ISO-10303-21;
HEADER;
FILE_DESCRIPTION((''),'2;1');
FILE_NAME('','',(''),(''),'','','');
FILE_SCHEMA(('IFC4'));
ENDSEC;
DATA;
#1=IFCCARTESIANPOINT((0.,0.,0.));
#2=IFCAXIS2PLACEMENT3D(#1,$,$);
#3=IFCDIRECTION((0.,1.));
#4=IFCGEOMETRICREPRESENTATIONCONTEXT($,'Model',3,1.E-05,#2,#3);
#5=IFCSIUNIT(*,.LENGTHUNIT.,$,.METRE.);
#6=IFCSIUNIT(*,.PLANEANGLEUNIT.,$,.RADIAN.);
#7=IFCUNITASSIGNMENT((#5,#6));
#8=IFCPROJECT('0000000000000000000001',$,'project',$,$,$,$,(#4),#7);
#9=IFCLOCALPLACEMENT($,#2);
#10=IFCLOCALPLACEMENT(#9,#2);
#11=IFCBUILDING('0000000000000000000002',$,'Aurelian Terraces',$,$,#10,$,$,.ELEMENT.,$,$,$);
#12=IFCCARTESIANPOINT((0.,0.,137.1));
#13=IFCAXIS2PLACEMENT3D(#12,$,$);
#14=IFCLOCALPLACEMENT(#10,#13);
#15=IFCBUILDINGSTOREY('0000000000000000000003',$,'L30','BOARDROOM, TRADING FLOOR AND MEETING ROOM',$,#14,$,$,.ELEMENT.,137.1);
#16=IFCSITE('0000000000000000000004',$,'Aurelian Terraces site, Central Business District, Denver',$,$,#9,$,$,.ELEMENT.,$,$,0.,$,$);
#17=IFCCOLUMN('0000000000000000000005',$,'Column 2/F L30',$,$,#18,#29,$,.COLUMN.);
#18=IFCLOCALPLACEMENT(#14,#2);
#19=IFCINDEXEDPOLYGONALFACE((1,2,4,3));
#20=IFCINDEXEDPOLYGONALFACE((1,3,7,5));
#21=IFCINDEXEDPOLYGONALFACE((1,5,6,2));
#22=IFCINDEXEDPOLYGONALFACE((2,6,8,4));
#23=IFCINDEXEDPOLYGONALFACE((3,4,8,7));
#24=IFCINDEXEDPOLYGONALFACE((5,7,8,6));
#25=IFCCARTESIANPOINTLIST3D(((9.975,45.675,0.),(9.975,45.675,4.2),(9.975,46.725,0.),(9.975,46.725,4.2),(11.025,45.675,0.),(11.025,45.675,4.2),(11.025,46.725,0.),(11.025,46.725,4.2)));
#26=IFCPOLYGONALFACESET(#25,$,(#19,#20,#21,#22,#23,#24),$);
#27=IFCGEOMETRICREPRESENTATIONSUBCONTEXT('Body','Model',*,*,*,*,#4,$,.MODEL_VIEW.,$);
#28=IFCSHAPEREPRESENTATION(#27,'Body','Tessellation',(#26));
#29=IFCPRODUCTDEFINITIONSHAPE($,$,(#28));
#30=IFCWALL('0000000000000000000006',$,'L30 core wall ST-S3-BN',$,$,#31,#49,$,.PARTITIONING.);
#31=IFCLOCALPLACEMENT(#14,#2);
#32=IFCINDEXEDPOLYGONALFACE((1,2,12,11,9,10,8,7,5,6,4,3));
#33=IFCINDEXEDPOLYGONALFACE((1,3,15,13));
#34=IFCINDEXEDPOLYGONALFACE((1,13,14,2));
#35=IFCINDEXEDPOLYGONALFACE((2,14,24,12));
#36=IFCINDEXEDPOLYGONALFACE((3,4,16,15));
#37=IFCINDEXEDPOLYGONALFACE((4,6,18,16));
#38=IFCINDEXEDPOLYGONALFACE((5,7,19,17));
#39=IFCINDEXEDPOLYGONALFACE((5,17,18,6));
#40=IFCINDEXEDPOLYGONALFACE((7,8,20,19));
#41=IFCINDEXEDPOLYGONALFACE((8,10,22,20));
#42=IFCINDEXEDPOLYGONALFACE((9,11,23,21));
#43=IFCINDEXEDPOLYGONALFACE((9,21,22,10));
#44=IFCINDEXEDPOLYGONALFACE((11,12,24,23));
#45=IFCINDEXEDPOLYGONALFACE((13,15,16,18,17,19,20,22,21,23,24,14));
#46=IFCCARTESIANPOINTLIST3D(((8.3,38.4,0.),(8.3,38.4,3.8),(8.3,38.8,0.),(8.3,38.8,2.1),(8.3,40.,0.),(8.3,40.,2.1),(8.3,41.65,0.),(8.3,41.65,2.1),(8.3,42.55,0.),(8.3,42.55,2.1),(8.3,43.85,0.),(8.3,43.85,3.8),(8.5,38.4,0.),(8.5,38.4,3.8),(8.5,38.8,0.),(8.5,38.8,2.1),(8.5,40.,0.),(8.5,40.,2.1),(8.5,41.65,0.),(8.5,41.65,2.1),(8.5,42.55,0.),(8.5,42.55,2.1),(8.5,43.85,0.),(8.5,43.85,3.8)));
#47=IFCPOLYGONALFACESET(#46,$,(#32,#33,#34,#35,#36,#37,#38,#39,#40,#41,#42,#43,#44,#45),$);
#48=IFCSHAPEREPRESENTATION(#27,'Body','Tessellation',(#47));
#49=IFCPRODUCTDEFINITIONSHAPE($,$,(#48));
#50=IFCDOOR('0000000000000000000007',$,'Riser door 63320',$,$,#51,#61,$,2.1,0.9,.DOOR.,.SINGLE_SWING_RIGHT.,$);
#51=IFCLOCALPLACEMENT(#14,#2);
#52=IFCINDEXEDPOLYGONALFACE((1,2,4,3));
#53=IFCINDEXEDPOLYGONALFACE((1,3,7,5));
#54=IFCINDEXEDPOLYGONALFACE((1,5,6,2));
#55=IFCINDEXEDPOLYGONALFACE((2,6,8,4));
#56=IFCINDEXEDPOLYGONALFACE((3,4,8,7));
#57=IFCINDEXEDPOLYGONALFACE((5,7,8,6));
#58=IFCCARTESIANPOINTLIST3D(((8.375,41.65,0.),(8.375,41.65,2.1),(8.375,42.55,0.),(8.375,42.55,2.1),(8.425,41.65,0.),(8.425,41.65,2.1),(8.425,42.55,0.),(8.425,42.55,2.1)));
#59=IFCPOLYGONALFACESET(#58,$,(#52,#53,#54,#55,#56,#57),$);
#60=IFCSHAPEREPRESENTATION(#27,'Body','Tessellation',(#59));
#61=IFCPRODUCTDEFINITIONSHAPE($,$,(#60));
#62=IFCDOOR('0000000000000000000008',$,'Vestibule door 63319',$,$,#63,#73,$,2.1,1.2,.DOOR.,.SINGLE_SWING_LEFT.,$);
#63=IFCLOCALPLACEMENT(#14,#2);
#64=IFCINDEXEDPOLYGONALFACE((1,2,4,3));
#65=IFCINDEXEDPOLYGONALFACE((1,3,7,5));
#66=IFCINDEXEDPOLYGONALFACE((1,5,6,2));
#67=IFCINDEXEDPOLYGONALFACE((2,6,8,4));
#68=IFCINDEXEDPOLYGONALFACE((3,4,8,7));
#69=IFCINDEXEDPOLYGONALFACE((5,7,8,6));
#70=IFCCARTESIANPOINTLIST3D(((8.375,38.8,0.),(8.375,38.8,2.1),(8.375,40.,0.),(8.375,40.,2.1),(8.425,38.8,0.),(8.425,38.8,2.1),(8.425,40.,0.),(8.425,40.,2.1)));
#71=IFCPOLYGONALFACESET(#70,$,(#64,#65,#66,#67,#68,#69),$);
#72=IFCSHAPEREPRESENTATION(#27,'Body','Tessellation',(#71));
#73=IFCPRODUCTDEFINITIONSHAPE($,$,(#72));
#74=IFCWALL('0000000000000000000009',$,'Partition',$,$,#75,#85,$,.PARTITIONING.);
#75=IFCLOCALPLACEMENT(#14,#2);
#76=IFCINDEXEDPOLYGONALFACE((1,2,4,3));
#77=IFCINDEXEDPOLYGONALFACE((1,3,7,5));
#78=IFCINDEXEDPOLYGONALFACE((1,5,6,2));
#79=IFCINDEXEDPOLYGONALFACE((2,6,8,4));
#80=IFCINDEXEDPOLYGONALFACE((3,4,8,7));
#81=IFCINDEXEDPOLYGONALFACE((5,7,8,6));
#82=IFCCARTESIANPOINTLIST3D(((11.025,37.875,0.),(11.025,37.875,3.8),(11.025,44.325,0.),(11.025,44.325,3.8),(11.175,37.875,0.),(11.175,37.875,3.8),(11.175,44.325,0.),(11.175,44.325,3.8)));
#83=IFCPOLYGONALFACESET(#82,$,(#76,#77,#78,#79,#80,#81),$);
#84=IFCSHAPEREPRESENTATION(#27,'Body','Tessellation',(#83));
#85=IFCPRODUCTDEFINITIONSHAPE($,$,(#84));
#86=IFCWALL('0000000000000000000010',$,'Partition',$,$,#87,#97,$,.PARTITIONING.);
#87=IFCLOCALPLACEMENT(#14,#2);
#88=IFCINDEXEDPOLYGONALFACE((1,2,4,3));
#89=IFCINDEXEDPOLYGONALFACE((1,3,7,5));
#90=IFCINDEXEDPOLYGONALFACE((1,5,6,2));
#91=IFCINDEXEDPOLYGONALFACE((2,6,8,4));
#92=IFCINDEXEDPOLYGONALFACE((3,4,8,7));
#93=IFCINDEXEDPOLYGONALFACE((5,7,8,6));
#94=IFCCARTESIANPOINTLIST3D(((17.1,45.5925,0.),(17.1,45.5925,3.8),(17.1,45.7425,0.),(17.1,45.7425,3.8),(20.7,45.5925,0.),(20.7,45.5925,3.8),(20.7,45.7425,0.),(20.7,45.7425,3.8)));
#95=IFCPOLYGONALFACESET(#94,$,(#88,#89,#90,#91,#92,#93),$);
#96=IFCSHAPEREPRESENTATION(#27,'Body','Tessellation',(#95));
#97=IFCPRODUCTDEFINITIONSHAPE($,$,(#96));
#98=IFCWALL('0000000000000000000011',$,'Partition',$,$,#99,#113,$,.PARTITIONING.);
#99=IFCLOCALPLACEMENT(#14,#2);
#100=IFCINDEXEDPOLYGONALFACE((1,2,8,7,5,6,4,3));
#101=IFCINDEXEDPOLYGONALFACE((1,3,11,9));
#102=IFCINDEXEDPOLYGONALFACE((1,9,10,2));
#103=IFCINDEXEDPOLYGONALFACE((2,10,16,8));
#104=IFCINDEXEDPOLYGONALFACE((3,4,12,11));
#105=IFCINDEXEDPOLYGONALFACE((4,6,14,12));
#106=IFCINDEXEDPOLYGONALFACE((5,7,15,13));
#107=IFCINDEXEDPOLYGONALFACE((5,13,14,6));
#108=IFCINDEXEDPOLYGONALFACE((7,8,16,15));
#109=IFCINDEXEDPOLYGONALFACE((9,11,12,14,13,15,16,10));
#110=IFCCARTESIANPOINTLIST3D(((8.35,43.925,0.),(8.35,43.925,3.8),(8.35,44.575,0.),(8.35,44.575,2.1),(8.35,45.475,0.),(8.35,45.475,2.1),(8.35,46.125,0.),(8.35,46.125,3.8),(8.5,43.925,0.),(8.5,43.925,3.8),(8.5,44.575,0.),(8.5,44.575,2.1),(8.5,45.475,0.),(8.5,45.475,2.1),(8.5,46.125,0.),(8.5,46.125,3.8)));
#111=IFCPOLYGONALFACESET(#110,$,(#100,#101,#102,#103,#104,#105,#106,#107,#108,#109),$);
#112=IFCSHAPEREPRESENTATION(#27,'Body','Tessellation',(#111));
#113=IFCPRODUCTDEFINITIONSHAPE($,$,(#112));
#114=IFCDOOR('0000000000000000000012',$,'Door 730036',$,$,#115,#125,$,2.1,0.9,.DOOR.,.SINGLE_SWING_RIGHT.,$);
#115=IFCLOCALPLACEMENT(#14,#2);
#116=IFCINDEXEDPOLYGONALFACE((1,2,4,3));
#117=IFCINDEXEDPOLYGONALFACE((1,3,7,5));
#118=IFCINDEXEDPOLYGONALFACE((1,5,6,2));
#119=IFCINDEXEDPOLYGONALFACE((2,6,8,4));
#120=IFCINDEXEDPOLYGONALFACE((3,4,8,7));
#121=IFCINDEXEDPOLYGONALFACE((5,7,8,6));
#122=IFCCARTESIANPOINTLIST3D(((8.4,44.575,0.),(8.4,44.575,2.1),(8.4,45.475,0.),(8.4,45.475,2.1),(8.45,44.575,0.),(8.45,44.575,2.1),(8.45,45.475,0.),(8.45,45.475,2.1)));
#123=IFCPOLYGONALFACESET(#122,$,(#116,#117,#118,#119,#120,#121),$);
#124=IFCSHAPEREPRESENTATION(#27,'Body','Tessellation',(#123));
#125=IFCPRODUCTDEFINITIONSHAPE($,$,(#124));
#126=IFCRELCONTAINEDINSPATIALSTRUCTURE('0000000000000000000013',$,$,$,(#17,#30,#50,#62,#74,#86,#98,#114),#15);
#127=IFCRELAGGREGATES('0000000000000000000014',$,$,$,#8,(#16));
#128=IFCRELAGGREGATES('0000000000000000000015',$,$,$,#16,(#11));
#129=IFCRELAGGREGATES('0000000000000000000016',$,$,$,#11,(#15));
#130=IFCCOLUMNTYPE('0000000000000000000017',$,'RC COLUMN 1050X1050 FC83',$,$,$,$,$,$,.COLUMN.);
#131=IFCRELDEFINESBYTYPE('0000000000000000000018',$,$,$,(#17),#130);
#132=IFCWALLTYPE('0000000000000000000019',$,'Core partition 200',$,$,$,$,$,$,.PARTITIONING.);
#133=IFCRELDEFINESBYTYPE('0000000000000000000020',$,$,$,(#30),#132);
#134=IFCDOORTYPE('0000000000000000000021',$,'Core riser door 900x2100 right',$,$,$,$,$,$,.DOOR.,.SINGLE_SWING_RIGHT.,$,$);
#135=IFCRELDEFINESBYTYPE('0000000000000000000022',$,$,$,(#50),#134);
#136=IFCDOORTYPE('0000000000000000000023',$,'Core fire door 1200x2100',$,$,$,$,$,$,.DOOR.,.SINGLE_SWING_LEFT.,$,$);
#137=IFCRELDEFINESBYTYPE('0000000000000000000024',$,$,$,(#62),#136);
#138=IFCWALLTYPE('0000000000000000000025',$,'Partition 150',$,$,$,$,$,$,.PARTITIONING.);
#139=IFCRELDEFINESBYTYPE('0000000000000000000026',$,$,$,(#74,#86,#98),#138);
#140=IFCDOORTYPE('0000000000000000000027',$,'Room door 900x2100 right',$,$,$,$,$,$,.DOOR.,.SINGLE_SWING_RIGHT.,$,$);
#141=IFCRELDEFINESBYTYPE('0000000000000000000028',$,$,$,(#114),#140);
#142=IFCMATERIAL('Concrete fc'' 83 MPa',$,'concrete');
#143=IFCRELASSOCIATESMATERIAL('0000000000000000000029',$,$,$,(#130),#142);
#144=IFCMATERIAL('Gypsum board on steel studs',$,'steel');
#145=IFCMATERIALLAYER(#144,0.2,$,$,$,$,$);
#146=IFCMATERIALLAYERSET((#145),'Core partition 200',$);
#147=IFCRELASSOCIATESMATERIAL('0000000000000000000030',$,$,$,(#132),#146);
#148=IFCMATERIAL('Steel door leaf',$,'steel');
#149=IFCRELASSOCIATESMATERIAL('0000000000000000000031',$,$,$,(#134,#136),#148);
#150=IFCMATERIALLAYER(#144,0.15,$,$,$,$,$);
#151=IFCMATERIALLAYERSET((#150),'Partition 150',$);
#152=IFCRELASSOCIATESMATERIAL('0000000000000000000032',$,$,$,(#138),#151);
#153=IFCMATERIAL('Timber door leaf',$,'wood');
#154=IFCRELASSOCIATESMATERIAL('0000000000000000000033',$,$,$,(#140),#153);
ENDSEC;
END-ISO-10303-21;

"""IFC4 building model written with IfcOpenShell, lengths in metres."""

from ifc_helpers import new_model, si_unit, direction, frame, frame_2d, origin, origin_2d, place, context, subcontext, project, spatial, rectangle, extrude, source, transform, mapped, material, layer, layer_set, material_profile, profile_set, type_object, element, fill, save


model = new_model("IFC4")

# Units and contexts
model_context = context("Model", 3, precision=1e-05, world=origin(), true_north=direction((0.0, 1.0)))
body_context = subcontext(model_context, "Body", "Model", "MODEL_VIEW")
ifc_project = project(units=[si_unit("LENGTHUNIT", "METRE"), si_unit("PLANEANGLEUNIT", "RADIAN")], contexts=[model_context])

# Site, building, storey
site_placement = place(None, origin())
site = spatial("IfcSite", under=ifc_project, at=site_placement, Name="Aurelian Terraces site, Central Business District, Denver", CompositionType="ELEMENT", RefElevation=0.0)
building_placement = place(site_placement, origin())
building = spatial("IfcBuilding", under=site, at=building_placement, Name="Aurelian Terraces", CompositionType="ELEMENT")
storey_placement = place(building_placement, frame((0.0, 0.0, 137.1)))
storey = spatial("IfcBuildingStorey", under=building, at=storey_placement, Name="L30", Description="BOARDROOM, TRADING FLOOR AND MEETING ROOM", CompositionType="ELEMENT", Elevation=137.1)

# Column
ifc_material_1 = material(Name="Concrete fc' 83 MPa", Category="concrete")
ifc_material_profile = material_profile(ifc_material_1, rectangle(XDim=1.05, YDim=1.05, at=origin_2d()))
ifc_profile_set = profile_set([ifc_material_profile], Name="Concrete fc' 83 MPa")
column_type = type_object("IfcColumnType", Name="RC COLUMN 1050X1050 FC83", PredefinedType="COLUMN", material=ifc_profile_set)
shared_shape_1 = source(origin(), body_context, "Body", "SweptSolid", [
    extrude(rectangle(XDim=1.05, YDim=1.05, at=origin_2d()), origin(), (0.0, 0.0, 1.0), 4.2),
])
column_placement = place(storey_placement, frame((10.5, 46.2, 0.0), z_axis=(0.0, 0.0, 1.0), x_axis=(1.0, 0.0, 0.0)))
element("IfcColumn", 1, at=column_placement, inside=storey, type_object=column_type, Name="Column 2/F L30", PredefinedType="COLUMN", context=body_context, shape_type="MappedRepresentation", body=[
    mapped(shared_shape_1, transform((0.0, 0.0, 0.0), scale=1.0)),
])

# Wall, openings, doors
ifc_material_2 = material(Name="Gypsum board on steel studs", Category="steel")
ifc_layer_1 = layer(ifc_material_2, 0.2)
ifc_layer_set_1 = layer_set([ifc_layer_1], Name="Core partition 200")
wall_type_1 = type_object("IfcWallType", Name="Core partition 200", PredefinedType="PARTITIONING", material=ifc_layer_set_1)
shared_shape_2 = source(origin(), body_context, "Body", "SweptSolid", [
    extrude(rectangle(XDim=5.45, YDim=0.2, at=frame_2d((2.725, 0.0))), origin(), (0.0, 0.0, 1.0), 3.8),
])
wall_1_placement = place(storey_placement, frame((8.4, 38.4, 0.0), z_axis=(0.0, 0.0, 1.0), x_axis=(0.0, 1.0, 0.0)))
wall_1 = element("IfcWall", 2, at=wall_1_placement, inside=storey, type_object=wall_type_1, Name="L30 core wall ST-S3-BN", PredefinedType="PARTITIONING", context=body_context, shape_type="MappedRepresentation", body=[
    mapped(shared_shape_2, transform((0.0, 0.0, 0.0), scale=1.0)),
])
shared_shape_3 = source(origin(), body_context, "Body", "SweptSolid", [
    extrude(rectangle(XDim=1.2, YDim=2.1, at=frame_2d((0.6, 1.05))), frame((0.0, 0.11, 0.0), z_axis=(0.0, -1.0, 0.0), x_axis=(1.0, 0.0, 0.0)), (0.0, 0.0, 1.0), 0.22),
])
opening_1_placement = place(wall_1_placement, frame((0.4, 0.0, 0.0)))
opening_1 = element("IfcOpeningElement", 3, at=opening_1_placement, cuts=wall_1, PredefinedType="OPENING", context=body_context, shape_type="MappedRepresentation", body=[
    mapped(shared_shape_3, transform((0.0, 0.0, 0.0), scale=1.0)),
])
shared_shape_4 = source(origin(), body_context, "Body", "SweptSolid", [
    extrude(rectangle(XDim=0.9, YDim=2.1, at=frame_2d((0.45, 1.05))), frame((0.0, 0.11, 0.0), z_axis=(0.0, -1.0, 0.0), x_axis=(1.0, 0.0, 0.0)), (0.0, 0.0, 1.0), 0.22),
])
opening_2_placement = place(wall_1_placement, frame((3.25, 0.0, 0.0)))
opening_2 = element("IfcOpeningElement", 4, at=opening_2_placement, cuts=wall_1, PredefinedType="OPENING", context=body_context, shape_type="MappedRepresentation", body=[
    mapped(shared_shape_4, transform((0.0, 0.0, 0.0), scale=1.0)),
])
ifc_material_3 = material(Name="Steel door leaf", Category="steel")
door_type_1 = type_object("IfcDoorType", Name="Core riser door 900x2100 right", OperationType="SINGLE_SWING_RIGHT", PredefinedType="DOOR", material=ifc_material_3)
shared_shape_5 = source(origin(), body_context, "Body", "SweptSolid", [
    extrude(rectangle(XDim=0.9, YDim=2.1, at=frame_2d((0.45, 1.05))), frame((0.0, 0.025, 0.0), z_axis=(0.0, -1.0, 0.0), x_axis=(1.0, 0.0, 0.0)), (0.0, 0.0, 1.0), 0.05),
])
door_1_placement = place(opening_2_placement, origin())
door_1 = element("IfcDoor", 5, at=door_1_placement, inside=storey, type_object=door_type_1, Name="Riser door 63320", OperationType="SINGLE_SWING_RIGHT", OverallHeight=2.1, OverallWidth=0.9, PredefinedType="DOOR", context=body_context, shape_type="MappedRepresentation", body=[
    mapped(shared_shape_5, transform((0.0, 0.0, 0.0), scale=1.0)),
])
fill(opening_2, door_1)
door_type_2 = type_object("IfcDoorType", Name="Core fire door 1200x2100", OperationType="SINGLE_SWING_LEFT", PredefinedType="DOOR", material=ifc_material_3)
shared_shape_6 = source(origin(), body_context, "Body", "SweptSolid", [
    extrude(rectangle(XDim=1.2, YDim=2.1, at=frame_2d((0.6, 1.05))), frame((0.0, 0.025, 0.0), z_axis=(0.0, -1.0, 0.0), x_axis=(1.0, 0.0, 0.0)), (0.0, 0.0, 1.0), 0.05),
])
door_2_placement = place(opening_1_placement, origin())
door_2 = element("IfcDoor", 6, at=door_2_placement, inside=storey, type_object=door_type_2, Name="Vestibule door 63319", OperationType="SINGLE_SWING_LEFT", OverallHeight=2.1, OverallWidth=1.2, PredefinedType="DOOR", context=body_context, shape_type="MappedRepresentation", body=[
    mapped(shared_shape_6, transform((0.0, 0.0, 0.0), scale=1.0)),
])
fill(opening_1, door_2)

# Walls
ifc_layer_2 = layer(ifc_material_2, 0.15)
ifc_layer_set_2 = layer_set([ifc_layer_2], Name="Partition 150")
wall_type_2 = type_object("IfcWallType", Name="Partition 150", PredefinedType="PARTITIONING", material=ifc_layer_set_2)
shared_shape_7 = source(origin(), body_context, "Body", "SweptSolid", [
    extrude(rectangle(XDim=6.45, YDim=0.15, at=frame_2d((3.225, 0.0))), origin(), (0.0, 0.0, 1.0), 3.8),
])
wall_2_placement = place(storey_placement, frame((11.1, 44.325, 0.0), z_axis=(0.0, 0.0, 1.0), x_axis=(0.0, -1.0, 0.0)))
element("IfcWall", 7, at=wall_2_placement, inside=storey, type_object=wall_type_2, Name="Partition", PredefinedType="PARTITIONING", context=body_context, shape_type="MappedRepresentation", body=[
    mapped(shared_shape_7, transform((0.0, 0.0, 0.0), scale=1.0)),
])
shared_shape_8 = source(origin(), body_context, "Body", "SweptSolid", [
    extrude(rectangle(XDim=3.6, YDim=0.15, at=frame_2d((1.8, 0.0))), origin(), (0.0, 0.0, 1.0), 3.8),
])
wall_3_placement = place(storey_placement, frame((17.1, 45.6675, 0.0), z_axis=(0.0, 0.0, 1.0), x_axis=(1.0, 0.0, 0.0)))
element("IfcWall", 8, at=wall_3_placement, inside=storey, type_object=wall_type_2, Name="Partition", PredefinedType="PARTITIONING", context=body_context, shape_type="MappedRepresentation", body=[
    mapped(shared_shape_8, transform((0.0, 0.0, 0.0), scale=1.0)),
])

# Wall, opening, door
shared_shape_9 = source(origin(), body_context, "Body", "SweptSolid", [
    extrude(rectangle(XDim=2.2, YDim=0.15, at=frame_2d((1.1, 0.0))), origin(), (0.0, 0.0, 1.0), 3.8),
])
wall_4_placement = place(storey_placement, frame((8.425, 43.925, 0.0), z_axis=(0.0, 0.0, 1.0), x_axis=(0.0, 1.0, 0.0)))
wall_4 = element("IfcWall", 9, at=wall_4_placement, inside=storey, type_object=wall_type_2, Name="Partition", PredefinedType="PARTITIONING", context=body_context, shape_type="MappedRepresentation", body=[
    mapped(shared_shape_9, transform((0.0, 0.0, 0.0), scale=1.0)),
])
shared_shape_10 = source(origin(), body_context, "Body", "SweptSolid", [
    extrude(rectangle(XDim=0.9, YDim=2.1, at=frame_2d((0.45, 1.05))), frame((0.0, 0.085, 0.0), z_axis=(0.0, -1.0, 0.0), x_axis=(1.0, 0.0, 0.0)), (0.0, 0.0, 1.0), 0.17),
])
opening_3_placement = place(wall_4_placement, frame((0.65, 0.0, 0.0)))
opening_3 = element("IfcOpeningElement", 10, at=opening_3_placement, cuts=wall_4, PredefinedType="OPENING", context=body_context, shape_type="MappedRepresentation", body=[
    mapped(shared_shape_10, transform((0.0, 0.0, 0.0), scale=1.0)),
])
ifc_material_4 = material(Name="Timber door leaf", Category="wood")
door_type_3 = type_object("IfcDoorType", Name="Room door 900x2100 right", OperationType="SINGLE_SWING_RIGHT", PredefinedType="DOOR", material=ifc_material_4)
door_3_placement = place(opening_3_placement, origin())
door_3 = element("IfcDoor", 11, at=door_3_placement, inside=storey, type_object=door_type_3, Name="Door 730036", OperationType="SINGLE_SWING_RIGHT", OverallHeight=2.1, OverallWidth=0.9, PredefinedType="DOOR", context=body_context, shape_type="MappedRepresentation", body=[
    mapped(shared_shape_5, transform((0.0, 0.0, 0.0), scale=1.0)),
])
fill(opening_3, door_3)

save(model, "model.ifc")
